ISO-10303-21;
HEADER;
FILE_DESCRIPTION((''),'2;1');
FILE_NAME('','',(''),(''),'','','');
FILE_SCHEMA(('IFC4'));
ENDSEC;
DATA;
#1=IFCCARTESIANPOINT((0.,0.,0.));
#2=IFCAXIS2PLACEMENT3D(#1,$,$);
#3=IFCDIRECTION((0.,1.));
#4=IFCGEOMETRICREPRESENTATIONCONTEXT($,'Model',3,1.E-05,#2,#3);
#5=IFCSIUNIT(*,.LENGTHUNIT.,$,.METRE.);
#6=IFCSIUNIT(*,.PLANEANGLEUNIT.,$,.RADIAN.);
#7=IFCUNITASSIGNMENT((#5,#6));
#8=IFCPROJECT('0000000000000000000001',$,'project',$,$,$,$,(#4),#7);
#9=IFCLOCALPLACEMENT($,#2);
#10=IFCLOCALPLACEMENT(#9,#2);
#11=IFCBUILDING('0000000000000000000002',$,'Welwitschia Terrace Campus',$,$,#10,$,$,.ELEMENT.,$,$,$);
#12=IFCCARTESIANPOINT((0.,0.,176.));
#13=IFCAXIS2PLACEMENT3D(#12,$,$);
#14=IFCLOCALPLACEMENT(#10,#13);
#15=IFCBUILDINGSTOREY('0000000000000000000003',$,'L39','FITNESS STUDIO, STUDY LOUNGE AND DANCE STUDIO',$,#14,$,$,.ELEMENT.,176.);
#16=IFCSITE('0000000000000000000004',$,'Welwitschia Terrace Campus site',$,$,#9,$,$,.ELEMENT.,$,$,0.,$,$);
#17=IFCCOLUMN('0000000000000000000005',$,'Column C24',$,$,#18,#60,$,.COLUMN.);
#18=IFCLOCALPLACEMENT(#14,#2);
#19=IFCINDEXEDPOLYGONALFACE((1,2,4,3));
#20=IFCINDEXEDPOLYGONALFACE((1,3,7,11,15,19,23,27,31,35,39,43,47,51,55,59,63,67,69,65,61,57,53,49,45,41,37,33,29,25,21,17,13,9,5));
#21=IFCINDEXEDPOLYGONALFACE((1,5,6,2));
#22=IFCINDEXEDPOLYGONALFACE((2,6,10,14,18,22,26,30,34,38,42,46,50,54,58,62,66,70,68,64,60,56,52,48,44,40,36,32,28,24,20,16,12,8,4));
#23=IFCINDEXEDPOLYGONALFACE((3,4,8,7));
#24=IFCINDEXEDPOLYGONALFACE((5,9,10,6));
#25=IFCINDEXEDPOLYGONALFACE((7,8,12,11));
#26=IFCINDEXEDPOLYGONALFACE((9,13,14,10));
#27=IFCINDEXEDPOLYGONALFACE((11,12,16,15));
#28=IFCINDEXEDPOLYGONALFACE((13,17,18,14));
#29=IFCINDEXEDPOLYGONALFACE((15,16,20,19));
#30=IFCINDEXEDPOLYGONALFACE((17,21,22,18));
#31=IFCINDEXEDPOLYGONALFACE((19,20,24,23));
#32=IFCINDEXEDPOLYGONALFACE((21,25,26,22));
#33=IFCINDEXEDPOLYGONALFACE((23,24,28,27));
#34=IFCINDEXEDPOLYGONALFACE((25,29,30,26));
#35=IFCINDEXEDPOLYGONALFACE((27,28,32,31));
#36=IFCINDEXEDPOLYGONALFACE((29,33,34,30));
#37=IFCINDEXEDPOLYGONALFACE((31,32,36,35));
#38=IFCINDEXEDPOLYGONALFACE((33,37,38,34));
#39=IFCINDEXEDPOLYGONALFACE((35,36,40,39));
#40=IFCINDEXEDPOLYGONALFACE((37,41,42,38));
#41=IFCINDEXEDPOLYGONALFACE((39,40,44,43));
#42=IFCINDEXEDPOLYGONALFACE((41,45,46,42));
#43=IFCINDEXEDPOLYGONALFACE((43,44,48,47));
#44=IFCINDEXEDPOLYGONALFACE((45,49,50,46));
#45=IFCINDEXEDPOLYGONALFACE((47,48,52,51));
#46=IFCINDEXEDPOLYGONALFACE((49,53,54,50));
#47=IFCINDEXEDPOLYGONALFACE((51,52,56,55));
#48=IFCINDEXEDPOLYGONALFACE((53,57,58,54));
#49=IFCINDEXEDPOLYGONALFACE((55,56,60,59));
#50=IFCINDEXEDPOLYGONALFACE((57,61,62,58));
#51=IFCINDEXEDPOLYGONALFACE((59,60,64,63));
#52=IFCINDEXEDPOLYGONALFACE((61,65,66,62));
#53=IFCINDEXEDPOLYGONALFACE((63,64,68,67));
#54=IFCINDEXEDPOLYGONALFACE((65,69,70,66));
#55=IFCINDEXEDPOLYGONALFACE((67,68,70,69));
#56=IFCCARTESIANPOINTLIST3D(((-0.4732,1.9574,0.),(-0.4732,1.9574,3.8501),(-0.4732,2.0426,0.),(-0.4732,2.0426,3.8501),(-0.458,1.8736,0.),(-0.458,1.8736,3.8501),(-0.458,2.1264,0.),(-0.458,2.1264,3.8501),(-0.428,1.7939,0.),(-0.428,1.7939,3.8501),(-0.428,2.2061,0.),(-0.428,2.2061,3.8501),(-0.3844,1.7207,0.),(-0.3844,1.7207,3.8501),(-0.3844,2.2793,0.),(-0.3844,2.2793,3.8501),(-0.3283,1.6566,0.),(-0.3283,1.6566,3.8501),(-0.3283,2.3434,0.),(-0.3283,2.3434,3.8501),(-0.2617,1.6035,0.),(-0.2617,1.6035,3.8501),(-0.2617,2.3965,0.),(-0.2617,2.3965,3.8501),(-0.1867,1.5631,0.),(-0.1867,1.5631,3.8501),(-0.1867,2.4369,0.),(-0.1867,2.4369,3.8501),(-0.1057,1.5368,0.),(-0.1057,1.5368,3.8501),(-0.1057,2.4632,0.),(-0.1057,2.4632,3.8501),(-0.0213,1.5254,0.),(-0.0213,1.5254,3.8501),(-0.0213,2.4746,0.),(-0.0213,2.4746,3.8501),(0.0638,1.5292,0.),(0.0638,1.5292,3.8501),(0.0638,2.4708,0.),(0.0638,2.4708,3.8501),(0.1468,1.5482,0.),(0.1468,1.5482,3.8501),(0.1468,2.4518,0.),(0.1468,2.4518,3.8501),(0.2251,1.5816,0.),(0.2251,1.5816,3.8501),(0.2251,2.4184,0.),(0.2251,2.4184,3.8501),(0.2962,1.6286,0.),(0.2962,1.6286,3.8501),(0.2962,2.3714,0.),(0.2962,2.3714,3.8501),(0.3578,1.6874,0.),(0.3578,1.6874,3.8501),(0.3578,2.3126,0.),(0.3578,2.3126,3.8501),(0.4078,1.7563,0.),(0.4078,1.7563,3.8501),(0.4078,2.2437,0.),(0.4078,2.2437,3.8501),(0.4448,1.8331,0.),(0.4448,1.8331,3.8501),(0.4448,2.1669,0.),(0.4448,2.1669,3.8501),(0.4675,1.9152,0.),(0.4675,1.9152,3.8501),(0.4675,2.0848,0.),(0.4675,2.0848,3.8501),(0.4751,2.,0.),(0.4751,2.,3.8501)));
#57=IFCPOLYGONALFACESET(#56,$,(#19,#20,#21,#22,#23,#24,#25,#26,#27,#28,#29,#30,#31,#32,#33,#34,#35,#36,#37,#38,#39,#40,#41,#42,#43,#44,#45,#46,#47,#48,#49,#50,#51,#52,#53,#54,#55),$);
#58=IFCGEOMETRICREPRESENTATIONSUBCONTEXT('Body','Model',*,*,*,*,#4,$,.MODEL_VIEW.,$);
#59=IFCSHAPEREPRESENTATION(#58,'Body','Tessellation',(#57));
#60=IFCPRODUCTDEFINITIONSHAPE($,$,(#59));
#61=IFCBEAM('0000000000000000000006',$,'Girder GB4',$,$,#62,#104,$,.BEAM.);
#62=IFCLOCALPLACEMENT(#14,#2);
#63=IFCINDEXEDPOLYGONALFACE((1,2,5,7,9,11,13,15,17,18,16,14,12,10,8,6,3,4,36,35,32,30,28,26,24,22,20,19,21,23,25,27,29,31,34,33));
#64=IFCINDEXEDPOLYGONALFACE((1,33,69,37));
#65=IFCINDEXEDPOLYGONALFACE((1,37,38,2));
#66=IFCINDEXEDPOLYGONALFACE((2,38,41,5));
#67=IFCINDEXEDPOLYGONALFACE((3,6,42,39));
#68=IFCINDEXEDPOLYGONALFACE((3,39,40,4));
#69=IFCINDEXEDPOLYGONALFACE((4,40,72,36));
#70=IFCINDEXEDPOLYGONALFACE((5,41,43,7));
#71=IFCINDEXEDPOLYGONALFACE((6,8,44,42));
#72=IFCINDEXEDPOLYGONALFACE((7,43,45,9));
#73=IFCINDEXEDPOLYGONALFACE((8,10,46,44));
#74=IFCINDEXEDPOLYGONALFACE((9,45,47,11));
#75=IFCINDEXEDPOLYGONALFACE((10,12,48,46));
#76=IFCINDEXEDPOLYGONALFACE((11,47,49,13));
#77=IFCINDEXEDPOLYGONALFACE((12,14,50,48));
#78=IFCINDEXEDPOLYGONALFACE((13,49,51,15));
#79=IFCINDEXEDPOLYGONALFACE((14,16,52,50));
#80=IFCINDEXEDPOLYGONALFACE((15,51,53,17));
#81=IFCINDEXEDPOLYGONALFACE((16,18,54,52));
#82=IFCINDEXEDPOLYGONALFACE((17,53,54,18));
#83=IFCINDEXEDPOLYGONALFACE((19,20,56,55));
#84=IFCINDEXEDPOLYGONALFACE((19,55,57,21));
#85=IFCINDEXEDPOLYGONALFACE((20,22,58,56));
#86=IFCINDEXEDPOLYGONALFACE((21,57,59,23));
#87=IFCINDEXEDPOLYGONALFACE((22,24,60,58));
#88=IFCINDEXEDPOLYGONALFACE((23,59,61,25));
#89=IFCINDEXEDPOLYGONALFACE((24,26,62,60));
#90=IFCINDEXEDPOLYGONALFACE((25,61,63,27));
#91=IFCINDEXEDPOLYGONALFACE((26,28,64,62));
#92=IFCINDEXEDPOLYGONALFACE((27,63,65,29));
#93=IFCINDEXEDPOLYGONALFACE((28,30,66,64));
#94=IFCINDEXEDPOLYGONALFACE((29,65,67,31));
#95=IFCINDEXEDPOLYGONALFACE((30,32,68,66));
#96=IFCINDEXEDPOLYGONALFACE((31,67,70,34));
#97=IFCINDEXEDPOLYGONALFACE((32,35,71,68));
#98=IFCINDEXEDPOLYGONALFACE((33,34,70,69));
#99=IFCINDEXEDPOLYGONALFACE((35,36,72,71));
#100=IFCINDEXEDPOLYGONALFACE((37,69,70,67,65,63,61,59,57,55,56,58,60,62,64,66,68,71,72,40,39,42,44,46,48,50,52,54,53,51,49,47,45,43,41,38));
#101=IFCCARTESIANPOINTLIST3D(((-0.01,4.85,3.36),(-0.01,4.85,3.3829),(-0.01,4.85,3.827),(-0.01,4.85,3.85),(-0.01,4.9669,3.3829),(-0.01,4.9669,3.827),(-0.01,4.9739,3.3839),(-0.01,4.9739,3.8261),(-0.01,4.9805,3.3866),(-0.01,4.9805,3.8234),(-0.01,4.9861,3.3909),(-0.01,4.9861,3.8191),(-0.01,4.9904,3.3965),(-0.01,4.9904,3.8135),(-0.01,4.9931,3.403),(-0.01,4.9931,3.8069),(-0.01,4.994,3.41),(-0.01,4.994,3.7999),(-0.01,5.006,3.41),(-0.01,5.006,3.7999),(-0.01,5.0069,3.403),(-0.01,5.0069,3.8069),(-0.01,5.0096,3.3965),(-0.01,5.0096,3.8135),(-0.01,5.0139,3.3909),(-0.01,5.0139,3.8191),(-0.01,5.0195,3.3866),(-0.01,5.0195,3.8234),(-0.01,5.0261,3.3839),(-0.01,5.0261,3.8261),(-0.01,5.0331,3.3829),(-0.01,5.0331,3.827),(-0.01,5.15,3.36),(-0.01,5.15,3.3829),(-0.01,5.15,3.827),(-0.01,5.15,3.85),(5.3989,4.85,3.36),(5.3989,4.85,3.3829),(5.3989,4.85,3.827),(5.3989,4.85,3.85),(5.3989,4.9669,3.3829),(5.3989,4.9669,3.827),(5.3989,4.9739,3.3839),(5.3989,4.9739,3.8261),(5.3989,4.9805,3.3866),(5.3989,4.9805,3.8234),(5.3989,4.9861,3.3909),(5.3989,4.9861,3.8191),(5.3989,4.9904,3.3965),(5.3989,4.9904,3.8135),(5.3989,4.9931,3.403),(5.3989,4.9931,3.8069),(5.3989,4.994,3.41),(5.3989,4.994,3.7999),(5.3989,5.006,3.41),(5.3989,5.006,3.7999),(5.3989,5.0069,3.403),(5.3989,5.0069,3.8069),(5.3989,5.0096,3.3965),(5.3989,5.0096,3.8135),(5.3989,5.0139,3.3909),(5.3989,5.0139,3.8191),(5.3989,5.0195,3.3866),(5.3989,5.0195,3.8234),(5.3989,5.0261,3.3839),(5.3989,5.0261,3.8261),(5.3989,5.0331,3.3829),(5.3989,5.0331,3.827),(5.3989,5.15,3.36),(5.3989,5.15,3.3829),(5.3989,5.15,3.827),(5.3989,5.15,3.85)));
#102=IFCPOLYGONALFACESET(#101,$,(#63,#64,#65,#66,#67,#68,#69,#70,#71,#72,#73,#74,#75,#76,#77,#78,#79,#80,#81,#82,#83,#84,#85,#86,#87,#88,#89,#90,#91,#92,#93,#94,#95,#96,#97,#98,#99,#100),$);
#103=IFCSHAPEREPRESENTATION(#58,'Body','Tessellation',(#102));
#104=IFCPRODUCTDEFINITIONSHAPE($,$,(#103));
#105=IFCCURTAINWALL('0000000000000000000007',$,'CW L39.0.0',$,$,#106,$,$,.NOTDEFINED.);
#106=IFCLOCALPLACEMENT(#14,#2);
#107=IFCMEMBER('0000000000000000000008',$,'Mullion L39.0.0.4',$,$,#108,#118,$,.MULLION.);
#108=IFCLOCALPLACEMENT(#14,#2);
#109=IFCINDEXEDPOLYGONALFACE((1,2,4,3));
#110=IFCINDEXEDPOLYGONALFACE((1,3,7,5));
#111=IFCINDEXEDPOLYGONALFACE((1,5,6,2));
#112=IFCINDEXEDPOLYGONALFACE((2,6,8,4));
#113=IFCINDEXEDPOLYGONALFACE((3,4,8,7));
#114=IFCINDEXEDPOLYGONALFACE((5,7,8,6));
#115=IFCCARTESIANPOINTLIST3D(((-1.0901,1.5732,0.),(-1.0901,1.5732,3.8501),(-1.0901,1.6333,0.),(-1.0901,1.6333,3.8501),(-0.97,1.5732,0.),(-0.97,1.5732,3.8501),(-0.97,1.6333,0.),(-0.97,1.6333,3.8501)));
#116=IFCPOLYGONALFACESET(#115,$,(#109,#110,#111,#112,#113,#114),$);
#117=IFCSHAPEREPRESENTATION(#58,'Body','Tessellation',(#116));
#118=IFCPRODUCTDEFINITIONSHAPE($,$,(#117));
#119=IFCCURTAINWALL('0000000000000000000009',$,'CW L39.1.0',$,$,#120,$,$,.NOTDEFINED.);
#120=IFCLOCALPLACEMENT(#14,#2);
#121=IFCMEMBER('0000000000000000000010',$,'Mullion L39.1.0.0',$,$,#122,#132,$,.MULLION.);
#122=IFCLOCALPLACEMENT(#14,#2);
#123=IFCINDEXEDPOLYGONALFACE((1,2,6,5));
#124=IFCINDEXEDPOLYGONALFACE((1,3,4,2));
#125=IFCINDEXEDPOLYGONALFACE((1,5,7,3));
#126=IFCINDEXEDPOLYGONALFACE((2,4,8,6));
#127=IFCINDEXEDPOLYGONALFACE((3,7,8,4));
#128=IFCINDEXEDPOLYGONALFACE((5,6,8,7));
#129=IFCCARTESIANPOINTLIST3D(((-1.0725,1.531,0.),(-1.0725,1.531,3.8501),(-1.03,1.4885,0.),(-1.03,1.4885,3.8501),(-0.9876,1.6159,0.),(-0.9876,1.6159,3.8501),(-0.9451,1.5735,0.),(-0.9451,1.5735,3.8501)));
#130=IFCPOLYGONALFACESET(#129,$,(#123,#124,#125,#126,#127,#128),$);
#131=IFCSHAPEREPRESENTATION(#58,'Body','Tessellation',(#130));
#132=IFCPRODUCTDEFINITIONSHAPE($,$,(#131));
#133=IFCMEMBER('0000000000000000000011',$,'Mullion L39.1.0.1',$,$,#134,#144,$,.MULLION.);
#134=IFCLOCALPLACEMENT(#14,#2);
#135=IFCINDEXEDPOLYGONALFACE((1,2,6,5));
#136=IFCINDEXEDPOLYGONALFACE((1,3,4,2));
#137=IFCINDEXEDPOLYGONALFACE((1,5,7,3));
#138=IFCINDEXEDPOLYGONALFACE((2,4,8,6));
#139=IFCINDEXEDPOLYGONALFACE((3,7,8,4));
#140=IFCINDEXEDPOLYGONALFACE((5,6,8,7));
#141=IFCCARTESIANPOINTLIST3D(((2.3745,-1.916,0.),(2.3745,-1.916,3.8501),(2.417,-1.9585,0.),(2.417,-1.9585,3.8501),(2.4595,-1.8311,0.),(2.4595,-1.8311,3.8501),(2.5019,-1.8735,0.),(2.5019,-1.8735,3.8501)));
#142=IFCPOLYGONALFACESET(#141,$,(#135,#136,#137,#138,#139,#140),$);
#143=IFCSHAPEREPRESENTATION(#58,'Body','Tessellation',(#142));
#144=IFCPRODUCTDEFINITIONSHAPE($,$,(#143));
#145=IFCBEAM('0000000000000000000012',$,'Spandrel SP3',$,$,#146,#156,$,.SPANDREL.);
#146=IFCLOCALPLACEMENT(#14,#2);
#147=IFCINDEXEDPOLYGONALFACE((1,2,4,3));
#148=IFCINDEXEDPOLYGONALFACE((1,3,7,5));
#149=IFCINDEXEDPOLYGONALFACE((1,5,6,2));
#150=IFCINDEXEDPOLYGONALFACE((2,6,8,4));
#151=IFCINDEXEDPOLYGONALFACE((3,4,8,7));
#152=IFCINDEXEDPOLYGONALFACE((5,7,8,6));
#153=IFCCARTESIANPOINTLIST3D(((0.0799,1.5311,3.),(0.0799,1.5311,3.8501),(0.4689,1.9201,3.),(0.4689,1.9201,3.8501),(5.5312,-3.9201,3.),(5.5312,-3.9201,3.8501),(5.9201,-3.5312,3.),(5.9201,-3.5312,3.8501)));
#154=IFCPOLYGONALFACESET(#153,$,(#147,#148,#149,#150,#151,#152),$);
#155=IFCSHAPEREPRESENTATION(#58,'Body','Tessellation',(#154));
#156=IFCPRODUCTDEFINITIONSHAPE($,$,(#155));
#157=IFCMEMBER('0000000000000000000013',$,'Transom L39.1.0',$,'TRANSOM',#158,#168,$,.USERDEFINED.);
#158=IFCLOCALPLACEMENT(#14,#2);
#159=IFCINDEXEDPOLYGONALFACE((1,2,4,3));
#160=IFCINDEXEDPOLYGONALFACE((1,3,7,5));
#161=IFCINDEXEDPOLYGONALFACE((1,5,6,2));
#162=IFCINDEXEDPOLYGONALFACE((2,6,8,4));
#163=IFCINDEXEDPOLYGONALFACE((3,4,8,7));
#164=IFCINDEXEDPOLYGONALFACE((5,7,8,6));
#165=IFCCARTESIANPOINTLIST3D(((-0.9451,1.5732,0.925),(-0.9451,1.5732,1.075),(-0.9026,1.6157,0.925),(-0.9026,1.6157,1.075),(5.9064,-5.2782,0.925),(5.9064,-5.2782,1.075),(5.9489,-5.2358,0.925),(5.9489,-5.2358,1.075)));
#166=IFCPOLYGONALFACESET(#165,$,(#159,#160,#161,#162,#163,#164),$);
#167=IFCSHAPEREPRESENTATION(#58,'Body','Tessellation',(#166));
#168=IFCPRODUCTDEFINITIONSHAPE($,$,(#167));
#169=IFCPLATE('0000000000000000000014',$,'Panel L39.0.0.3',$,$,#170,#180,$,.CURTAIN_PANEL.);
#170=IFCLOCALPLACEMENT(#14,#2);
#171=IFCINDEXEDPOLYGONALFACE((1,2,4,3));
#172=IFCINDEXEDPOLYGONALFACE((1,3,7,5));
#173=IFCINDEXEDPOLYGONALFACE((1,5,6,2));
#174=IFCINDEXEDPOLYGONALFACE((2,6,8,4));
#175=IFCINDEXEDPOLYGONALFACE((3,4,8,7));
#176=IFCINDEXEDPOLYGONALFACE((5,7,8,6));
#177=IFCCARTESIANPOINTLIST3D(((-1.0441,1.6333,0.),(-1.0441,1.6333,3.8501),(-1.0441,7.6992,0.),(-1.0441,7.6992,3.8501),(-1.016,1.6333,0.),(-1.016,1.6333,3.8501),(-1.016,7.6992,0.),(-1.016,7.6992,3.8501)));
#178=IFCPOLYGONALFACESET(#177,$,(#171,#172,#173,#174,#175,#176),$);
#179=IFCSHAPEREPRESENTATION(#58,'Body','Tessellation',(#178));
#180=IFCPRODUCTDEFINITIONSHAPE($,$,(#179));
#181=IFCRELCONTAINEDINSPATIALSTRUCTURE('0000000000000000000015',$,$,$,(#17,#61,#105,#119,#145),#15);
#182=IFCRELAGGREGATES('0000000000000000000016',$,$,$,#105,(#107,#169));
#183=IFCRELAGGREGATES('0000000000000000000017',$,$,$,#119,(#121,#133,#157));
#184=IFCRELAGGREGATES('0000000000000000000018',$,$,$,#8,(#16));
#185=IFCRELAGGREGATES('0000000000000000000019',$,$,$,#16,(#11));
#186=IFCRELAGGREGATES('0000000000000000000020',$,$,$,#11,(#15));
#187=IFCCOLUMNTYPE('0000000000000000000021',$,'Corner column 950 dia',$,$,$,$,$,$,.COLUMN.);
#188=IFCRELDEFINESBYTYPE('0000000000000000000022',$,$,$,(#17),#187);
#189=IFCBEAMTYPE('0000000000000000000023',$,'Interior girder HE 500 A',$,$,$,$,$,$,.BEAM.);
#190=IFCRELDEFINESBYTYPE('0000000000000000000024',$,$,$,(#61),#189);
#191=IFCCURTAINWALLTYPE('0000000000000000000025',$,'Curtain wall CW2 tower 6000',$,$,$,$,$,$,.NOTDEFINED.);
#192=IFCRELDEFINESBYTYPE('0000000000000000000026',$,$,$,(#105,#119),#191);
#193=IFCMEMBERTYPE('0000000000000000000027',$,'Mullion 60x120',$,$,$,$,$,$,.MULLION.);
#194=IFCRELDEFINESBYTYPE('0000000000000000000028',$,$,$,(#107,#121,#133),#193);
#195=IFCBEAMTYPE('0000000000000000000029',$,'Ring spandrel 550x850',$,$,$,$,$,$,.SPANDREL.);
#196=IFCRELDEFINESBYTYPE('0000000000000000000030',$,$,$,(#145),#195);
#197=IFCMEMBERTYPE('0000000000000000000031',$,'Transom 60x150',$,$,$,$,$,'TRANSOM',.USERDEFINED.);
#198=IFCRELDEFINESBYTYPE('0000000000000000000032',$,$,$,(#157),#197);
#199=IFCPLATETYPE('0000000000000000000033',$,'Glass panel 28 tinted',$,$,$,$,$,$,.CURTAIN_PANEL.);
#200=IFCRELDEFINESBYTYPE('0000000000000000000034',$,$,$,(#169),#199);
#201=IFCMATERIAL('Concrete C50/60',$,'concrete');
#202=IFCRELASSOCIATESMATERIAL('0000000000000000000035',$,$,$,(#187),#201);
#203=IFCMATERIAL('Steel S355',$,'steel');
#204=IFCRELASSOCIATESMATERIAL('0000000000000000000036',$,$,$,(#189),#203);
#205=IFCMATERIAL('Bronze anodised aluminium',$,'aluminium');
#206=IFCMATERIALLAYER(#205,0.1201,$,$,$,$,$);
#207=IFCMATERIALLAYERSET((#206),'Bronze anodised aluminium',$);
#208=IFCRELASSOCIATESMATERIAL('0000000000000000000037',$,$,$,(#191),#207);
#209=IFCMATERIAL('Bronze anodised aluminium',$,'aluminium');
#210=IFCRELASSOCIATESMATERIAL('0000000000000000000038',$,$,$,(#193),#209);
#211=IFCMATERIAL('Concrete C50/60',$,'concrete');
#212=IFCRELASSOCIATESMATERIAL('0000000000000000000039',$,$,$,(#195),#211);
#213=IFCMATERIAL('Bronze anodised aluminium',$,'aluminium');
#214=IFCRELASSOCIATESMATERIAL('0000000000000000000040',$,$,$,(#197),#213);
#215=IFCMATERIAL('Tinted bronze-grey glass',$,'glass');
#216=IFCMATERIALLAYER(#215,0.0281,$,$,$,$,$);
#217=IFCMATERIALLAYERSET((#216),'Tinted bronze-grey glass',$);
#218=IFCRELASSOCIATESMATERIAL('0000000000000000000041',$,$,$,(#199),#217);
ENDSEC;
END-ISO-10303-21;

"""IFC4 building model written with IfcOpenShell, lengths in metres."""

from ifc_helpers import new_model, si_unit, direction, frame, origin, origin_2d, place, context, subcontext, project, spatial, rectangle, circle, i_section, extrude, material, layer, layer_set, material_profile, profile_set, type_object, element, aggregate, save


model = new_model("IFC4")

# Units and contexts
model_context = context("Model", 3, precision=1e-05, world=origin(), true_north=direction((0.0, 1.0)))
body_context = subcontext(model_context, "Body", "Model", "MODEL_VIEW")
ifc_project = project(units=[si_unit("LENGTHUNIT", "METRE"), si_unit("PLANEANGLEUNIT", "RADIAN")], contexts=[model_context])

# Site, building, storey
site_placement = place(None, origin())
site = spatial("IfcSite", under=ifc_project, at=site_placement, Name="Welwitschia Terrace Campus site", CompositionType="ELEMENT", RefElevation=0.0)
building_placement = place(site_placement, origin())
building = spatial("IfcBuilding", under=site, at=building_placement, Name="Welwitschia Terrace Campus", CompositionType="ELEMENT")
storey_placement = place(building_placement, frame((0.0, 0.0, 176.0)))
storey = spatial("IfcBuildingStorey", under=building, at=storey_placement, Name="L39", Description="FITNESS STUDIO, STUDY LOUNGE AND DANCE STUDIO", CompositionType="ELEMENT", Elevation=176.0)

# Column
ifc_material_1 = material(Name="Concrete C50/60", Category="concrete")
ifc_material_profile_1 = material_profile(ifc_material_1, circle(Radius=0.4751, at=origin_2d()))
ifc_profile_set_1 = profile_set([ifc_material_profile_1], Name="Concrete C50/60")
column_type = type_object("IfcColumnType", Name="Corner column 950 dia", PredefinedType="COLUMN", material=ifc_profile_set_1)
column_placement = place(storey_placement, frame((0.0, 2.0, 0.0), z_axis=(0.0, 0.0, 1.0), x_axis=(1.0, 0.0, 0.0)))
element("IfcColumn", 1, at=column_placement, inside=storey, type_object=column_type, Name="Column C24", PredefinedType="COLUMN", context=body_context, shape_type="SweptSolid", body=[
    extrude(circle(Radius=0.4751, at=origin_2d()), origin(), (0.0, 0.0, 1.0), 3.8501),
])

# Beam
ifc_material_2 = material(Name="Steel S355", Category="steel")
ifc_material_profile_2 = material_profile(ifc_material_2, i_section(OverallWidth=0.3, OverallDepth=0.49, WebThickness=0.012, FlangeThickness=0.0229, FilletRadius=0.0271, at=origin_2d()))
ifc_profile_set_2 = profile_set([ifc_material_profile_2], Name="Steel S355")
beam_type_1 = type_object("IfcBeamType", Name="Interior girder HE 500 A", PredefinedType="BEAM", material=ifc_profile_set_2)
beam_1_placement = place(storey_placement, frame((-0.01, 5.0, 3.605), z_axis=(1.0, 0.0, 0.0), x_axis=(0.0, 1.0, 0.0)))
element("IfcBeam", 2, at=beam_1_placement, inside=storey, type_object=beam_type_1, Name="Girder GB4", PredefinedType="BEAM", context=body_context, shape_type="SweptSolid", body=[
    extrude(i_section(OverallWidth=0.3, OverallDepth=0.49, WebThickness=0.012, FlangeThickness=0.0229, FilletRadius=0.0271, at=origin_2d()), origin(), (0.0, 0.0, 1.0), 5.4089),
])

# Curtain wall, member
ifc_material_3 = material(Name="Bronze anodised aluminium", Category="aluminium")
ifc_layer_1 = layer(ifc_material_3, 0.1201)
ifc_layer_set_1 = layer_set([ifc_layer_1], Name="Bronze anodised aluminium")
curtain_wall_type = type_object("IfcCurtainWallType", Name="Curtain wall CW2 tower 6000", PredefinedType="NOTDEFINED", material=ifc_layer_set_1)
curtain_wall_1_placement = place(storey_placement, origin())
curtain_wall_1 = element("IfcCurtainWall", 3, at=curtain_wall_1_placement, inside=storey, type_object=curtain_wall_type, Name="CW L39.0.0", PredefinedType="NOTDEFINED")
ifc_material_4 = material(Name="Bronze anodised aluminium", Category="aluminium")
ifc_material_profile_3 = material_profile(ifc_material_4, rectangle(XDim=0.1201, YDim=0.0601, at=origin_2d()))
ifc_profile_set_3 = profile_set([ifc_material_profile_3], Name="Bronze anodised aluminium")
member_type_1 = type_object("IfcMemberType", Name="Mullion 60x120", PredefinedType="MULLION", material=ifc_profile_set_3)
member_1_placement = place(storey_placement, frame((-1.03, 1.6033, 0.0), z_axis=(0.0, 0.0, 1.0), x_axis=(1.0, 0.0, 0.0)))
member_1 = element("IfcMember", 4, at=member_1_placement, type_object=member_type_1, Name="Mullion L39.0.0.4", PredefinedType="MULLION", context=body_context, shape_type="SweptSolid", body=[
    extrude(rectangle(XDim=0.1201, YDim=0.0601, at=origin_2d()), origin(), (0.0, 0.0, 1.0), 3.8501),
])

# Curtain wall, members
curtain_wall_2_placement = place(storey_placement, origin())
curtain_wall_2 = element("IfcCurtainWall", 5, at=curtain_wall_2_placement, inside=storey, type_object=curtain_wall_type, Name="CW L39.1.0", PredefinedType="NOTDEFINED")
member_2_placement = place(storey_placement, frame((-1.0088, 1.5522, 0.0), z_axis=(0.0, 0.0, 1.0), x_axis=(0.707107, 0.707107, 0.0)))
member_2 = element("IfcMember", 6, at=member_2_placement, type_object=member_type_1, Name="Mullion L39.1.0.0", PredefinedType="MULLION", context=body_context, shape_type="SweptSolid", body=[
    extrude(rectangle(XDim=0.1201, YDim=0.0601, at=origin_2d()), origin(), (0.0, 0.0, 1.0), 3.8501),
])
member_3_placement = place(storey_placement, frame((2.4382, -1.8948, 0.0), z_axis=(0.0, 0.0, 1.0), x_axis=(0.707107, 0.707107, 0.0)))
member_3 = element("IfcMember", 7, at=member_3_placement, type_object=member_type_1, Name="Mullion L39.1.0.1", PredefinedType="MULLION", context=body_context, shape_type="SweptSolid", body=[
    extrude(rectangle(XDim=0.1201, YDim=0.0601, at=origin_2d()), origin(), (0.0, 0.0, 1.0), 3.8501),
])

# Beam
ifc_material_5 = material(Name="Concrete C50/60", Category="concrete")
ifc_material_profile_4 = material_profile(ifc_material_5, rectangle(XDim=0.55, YDim=0.8501, at=origin_2d()))
ifc_profile_set_4 = profile_set([ifc_material_profile_4], Name="Concrete C50/60")
beam_type_2 = type_object("IfcBeamType", Name="Ring spandrel 550x850", PredefinedType="SPANDREL", material=ifc_profile_set_4)
beam_2_placement = place(storey_placement, frame((0.2744, 1.7256, 3.425), z_axis=(0.707107, -0.707107, 0.0), x_axis=(0.707107, 0.707107, 0.0)))
element("IfcBeam", 8, at=beam_2_placement, inside=storey, type_object=beam_type_2, Name="Spandrel SP3", PredefinedType="SPANDREL", context=body_context, shape_type="SweptSolid", body=[
    extrude(rectangle(XDim=0.55, YDim=0.8501, at=origin_2d()), origin(), (0.0, 0.0, 1.0), 7.7092),
])

# Member
ifc_material_6 = material(Name="Bronze anodised aluminium", Category="aluminium")
ifc_material_profile_5 = material_profile(ifc_material_6, rectangle(XDim=0.0601, YDim=0.1499, at=origin_2d()))
ifc_profile_set_5 = profile_set([ifc_material_profile_5], Name="Bronze anodised aluminium")
member_type_2 = type_object("IfcMemberType", Name="Transom 60x150", ElementType="TRANSOM", PredefinedType="USERDEFINED", material=ifc_profile_set_5)
member_4_placement = place(storey_placement, frame((-0.9238, 1.5945, 1.0), z_axis=(0.707107, -0.707107, 0.0), x_axis=(0.707107, 0.707107, 0.0)))
member_4 = element("IfcMember", 9, at=member_4_placement, type_object=member_type_2, Name="Transom L39.1.0", ObjectType="TRANSOM", PredefinedType="USERDEFINED", context=body_context, shape_type="SweptSolid", body=[
    extrude(rectangle(XDim=0.0601, YDim=0.1499, at=origin_2d()), origin(), (0.0, 0.0, 1.0), 9.6895),
])

# Plate
ifc_material_7 = material(Name="Tinted bronze-grey glass", Category="glass")
ifc_layer_2 = layer(ifc_material_7, 0.0281)
ifc_layer_set_2 = layer_set([ifc_layer_2], Name="Tinted bronze-grey glass")
plate_type = type_object("IfcPlateType", Name="Glass panel 28 tinted", PredefinedType="CURTAIN_PANEL", material=ifc_layer_set_2)
plate_1_placement = place(storey_placement, frame((-1.03, 4.6663, 0.0), z_axis=(0.0, 0.0, 1.0), x_axis=(0.0, -1.0, 0.0)))
plate_1 = element("IfcPlate", 10, at=plate_1_placement, type_object=plate_type, Name="Panel L39.0.0.3", PredefinedType="CURTAIN_PANEL", context=body_context, shape_type="SweptSolid", body=[
    extrude(rectangle(XDim=6.0659, YDim=0.0281, at=origin_2d()), origin(), (0.0, 0.0, 1.0), 3.8501),
])
aggregate(curtain_wall_1, [member_1, plate_1])
aggregate(curtain_wall_2, [member_2, member_3, member_4])

save(model, "model.ifc")
